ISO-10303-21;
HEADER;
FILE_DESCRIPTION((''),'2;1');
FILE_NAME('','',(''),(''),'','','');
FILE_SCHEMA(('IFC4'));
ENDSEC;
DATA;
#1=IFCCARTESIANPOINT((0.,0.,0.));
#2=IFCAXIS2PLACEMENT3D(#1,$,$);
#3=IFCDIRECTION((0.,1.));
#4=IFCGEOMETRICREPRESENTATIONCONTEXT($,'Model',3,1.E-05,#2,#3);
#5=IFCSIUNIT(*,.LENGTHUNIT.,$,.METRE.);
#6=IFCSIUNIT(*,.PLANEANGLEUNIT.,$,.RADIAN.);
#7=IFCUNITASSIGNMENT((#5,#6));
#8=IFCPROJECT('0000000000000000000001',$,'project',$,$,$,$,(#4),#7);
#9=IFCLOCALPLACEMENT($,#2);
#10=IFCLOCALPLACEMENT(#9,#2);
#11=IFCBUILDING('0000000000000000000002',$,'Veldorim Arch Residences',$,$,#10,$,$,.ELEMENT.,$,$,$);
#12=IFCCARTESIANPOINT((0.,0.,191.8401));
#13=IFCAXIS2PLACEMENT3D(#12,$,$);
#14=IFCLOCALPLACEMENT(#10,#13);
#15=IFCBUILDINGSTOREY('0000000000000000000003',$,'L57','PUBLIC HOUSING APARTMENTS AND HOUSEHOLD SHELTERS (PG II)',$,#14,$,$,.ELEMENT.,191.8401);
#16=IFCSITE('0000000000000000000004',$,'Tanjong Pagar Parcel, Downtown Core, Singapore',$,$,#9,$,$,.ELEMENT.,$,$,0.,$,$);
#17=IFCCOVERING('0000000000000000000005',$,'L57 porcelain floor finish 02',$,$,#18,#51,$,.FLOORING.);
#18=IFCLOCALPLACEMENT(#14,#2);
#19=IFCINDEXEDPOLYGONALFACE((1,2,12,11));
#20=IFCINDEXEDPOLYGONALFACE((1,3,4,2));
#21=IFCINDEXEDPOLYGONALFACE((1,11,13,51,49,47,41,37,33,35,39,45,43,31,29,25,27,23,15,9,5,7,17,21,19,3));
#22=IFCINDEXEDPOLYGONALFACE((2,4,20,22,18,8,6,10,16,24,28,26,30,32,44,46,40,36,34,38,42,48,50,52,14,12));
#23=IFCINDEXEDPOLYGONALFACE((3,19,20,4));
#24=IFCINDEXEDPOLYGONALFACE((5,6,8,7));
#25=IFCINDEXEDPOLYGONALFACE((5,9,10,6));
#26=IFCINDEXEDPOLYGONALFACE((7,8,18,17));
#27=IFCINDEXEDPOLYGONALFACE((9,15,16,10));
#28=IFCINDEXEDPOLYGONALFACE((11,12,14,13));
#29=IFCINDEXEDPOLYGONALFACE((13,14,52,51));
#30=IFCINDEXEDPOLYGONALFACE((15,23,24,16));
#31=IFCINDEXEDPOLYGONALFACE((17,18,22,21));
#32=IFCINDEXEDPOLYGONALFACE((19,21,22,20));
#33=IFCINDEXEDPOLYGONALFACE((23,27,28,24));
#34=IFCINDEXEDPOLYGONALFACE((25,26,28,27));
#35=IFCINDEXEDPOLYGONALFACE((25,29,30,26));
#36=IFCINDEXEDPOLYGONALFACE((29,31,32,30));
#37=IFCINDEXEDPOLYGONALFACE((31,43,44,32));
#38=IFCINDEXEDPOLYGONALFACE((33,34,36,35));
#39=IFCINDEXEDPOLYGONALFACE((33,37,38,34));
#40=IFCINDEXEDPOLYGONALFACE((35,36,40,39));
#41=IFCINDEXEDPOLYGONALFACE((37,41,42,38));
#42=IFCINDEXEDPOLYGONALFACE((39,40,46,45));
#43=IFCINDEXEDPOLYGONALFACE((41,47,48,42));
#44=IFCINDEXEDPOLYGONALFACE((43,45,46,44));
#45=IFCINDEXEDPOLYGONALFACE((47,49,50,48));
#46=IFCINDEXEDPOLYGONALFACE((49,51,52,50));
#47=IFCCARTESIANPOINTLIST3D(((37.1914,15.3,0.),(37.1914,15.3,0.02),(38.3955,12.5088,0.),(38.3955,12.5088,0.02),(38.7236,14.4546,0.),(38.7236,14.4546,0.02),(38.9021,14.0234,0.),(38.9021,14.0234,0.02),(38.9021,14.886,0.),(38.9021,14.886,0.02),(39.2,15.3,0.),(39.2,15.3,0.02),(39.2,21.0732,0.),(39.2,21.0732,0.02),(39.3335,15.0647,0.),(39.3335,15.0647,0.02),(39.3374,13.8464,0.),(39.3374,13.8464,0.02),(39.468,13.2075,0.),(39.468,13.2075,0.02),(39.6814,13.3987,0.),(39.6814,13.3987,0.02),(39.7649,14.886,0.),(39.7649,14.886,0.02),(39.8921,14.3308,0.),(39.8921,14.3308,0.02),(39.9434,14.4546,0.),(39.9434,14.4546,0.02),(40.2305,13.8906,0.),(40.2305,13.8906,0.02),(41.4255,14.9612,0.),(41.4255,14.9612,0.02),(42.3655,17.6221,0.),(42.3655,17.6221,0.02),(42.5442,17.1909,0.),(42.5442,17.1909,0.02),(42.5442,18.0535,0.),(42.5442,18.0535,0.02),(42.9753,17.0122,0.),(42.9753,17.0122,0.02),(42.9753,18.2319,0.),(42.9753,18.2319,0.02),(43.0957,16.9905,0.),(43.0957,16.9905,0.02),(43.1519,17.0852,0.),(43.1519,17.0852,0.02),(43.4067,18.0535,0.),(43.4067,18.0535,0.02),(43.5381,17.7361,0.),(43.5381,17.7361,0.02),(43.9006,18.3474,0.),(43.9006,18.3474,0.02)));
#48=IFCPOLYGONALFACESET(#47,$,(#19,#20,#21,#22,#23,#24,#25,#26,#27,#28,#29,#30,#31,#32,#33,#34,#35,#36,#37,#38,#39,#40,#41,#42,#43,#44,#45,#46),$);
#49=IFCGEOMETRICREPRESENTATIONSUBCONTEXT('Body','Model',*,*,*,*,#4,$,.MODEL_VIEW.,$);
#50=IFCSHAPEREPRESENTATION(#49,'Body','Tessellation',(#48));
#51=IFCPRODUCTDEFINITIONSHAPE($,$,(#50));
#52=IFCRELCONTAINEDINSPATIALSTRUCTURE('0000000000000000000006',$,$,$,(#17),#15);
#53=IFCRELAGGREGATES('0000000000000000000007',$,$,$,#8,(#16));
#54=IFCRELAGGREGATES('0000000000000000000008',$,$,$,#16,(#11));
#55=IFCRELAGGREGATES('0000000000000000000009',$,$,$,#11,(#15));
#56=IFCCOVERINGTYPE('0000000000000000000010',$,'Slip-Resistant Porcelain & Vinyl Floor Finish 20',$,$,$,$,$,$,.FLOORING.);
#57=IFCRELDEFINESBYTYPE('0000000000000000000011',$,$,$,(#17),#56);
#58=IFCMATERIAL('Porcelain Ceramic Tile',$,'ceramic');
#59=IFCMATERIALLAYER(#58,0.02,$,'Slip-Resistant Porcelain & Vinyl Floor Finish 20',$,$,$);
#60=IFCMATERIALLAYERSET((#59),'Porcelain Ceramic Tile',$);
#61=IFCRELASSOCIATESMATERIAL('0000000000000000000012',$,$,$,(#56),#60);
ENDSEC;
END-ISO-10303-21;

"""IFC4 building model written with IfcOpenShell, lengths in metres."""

from ifc_helpers import new_model, si_unit, direction, frame, origin, place, context, subcontext, project, spatial, polyline, outline, extrude, material, layer, layer_set, type_object, element, save


model = new_model("IFC4")

# Units and contexts
model_context = context("Model", 3, precision=1e-05, world=origin(), true_north=direction((0.0, 1.0)))
body_context = subcontext(model_context, "Body", "Model", "MODEL_VIEW")
ifc_project = project(units=[si_unit("LENGTHUNIT", "METRE"), si_unit("PLANEANGLEUNIT", "RADIAN")], contexts=[model_context])

# Site, building, storey
site_placement = place(None, origin())
site = spatial("IfcSite", under=ifc_project, at=site_placement, Name="Tanjong Pagar Parcel, Downtown Core, Singapore", CompositionType="ELEMENT", RefElevation=0.0)
building_placement = place(site_placement, origin())
building = spatial("IfcBuilding", under=site, at=building_placement, Name="Veldorim Arch Residences", CompositionType="ELEMENT")
storey_placement = place(building_placement, frame((0.0, 0.0, 191.8401)))
storey = spatial("IfcBuildingStorey", under=building, at=storey_placement, Name="L57", Description="PUBLIC HOUSING APARTMENTS AND HOUSEHOLD SHELTERS (PG II)", CompositionType="ELEMENT", Elevation=191.8401)

# Covering
ifc_material_1 = material(Name="Porcelain Ceramic Tile", Category="ceramic")
ifc_layer_1 = layer(ifc_material_1, 0.02, Name="Slip-Resistant Porcelain & Vinyl Floor Finish 20")
ifc_layer_set_1 = layer_set([ifc_layer_1], Name="Porcelain Ceramic Tile")
covering_type_1 = type_object("IfcCoveringType", Name="Slip-Resistant Porcelain & Vinyl Floor Finish 20", PredefinedType="FLOORING", material=ifc_layer_set_1)
covering_1_placement = place(storey_placement, origin())
element("IfcCovering", 1, at=covering_1_placement, inside=storey, type_object=covering_type_1, Name="L57 porcelain floor finish 02", PredefinedType="FLOORING", context=body_context, shape_type="SweptSolid", body=[
    extrude(outline(polyline([(39.6814, 13.3987), (39.468, 13.2075), (38.3955, 12.5088), (37.1914, 15.3), (39.2, 15.3), (39.2, 21.0732), (43.9006, 18.3474), (43.5381, 17.7361), (43.4067, 18.0535), (42.9753, 18.2319), (42.5442, 18.0535), (42.3655, 17.6221), (42.5442, 17.1909), (42.9753, 17.0122), (43.1519, 17.0852), (43.0957, 16.9905), (41.4255, 14.9612), (40.2305, 13.8906), (39.8921, 14.3308), (39.9434, 14.4546), (39.7649, 14.886), (39.3335, 15.0647), (38.9021, 14.886), (38.7236, 14.4546), (38.9021, 14.0234), (39.3374, 13.8464), (39.6814, 13.3987)])), origin(), (0.0, 0.0, 1.0), 0.02),
])

save(model, "model.ifc")
